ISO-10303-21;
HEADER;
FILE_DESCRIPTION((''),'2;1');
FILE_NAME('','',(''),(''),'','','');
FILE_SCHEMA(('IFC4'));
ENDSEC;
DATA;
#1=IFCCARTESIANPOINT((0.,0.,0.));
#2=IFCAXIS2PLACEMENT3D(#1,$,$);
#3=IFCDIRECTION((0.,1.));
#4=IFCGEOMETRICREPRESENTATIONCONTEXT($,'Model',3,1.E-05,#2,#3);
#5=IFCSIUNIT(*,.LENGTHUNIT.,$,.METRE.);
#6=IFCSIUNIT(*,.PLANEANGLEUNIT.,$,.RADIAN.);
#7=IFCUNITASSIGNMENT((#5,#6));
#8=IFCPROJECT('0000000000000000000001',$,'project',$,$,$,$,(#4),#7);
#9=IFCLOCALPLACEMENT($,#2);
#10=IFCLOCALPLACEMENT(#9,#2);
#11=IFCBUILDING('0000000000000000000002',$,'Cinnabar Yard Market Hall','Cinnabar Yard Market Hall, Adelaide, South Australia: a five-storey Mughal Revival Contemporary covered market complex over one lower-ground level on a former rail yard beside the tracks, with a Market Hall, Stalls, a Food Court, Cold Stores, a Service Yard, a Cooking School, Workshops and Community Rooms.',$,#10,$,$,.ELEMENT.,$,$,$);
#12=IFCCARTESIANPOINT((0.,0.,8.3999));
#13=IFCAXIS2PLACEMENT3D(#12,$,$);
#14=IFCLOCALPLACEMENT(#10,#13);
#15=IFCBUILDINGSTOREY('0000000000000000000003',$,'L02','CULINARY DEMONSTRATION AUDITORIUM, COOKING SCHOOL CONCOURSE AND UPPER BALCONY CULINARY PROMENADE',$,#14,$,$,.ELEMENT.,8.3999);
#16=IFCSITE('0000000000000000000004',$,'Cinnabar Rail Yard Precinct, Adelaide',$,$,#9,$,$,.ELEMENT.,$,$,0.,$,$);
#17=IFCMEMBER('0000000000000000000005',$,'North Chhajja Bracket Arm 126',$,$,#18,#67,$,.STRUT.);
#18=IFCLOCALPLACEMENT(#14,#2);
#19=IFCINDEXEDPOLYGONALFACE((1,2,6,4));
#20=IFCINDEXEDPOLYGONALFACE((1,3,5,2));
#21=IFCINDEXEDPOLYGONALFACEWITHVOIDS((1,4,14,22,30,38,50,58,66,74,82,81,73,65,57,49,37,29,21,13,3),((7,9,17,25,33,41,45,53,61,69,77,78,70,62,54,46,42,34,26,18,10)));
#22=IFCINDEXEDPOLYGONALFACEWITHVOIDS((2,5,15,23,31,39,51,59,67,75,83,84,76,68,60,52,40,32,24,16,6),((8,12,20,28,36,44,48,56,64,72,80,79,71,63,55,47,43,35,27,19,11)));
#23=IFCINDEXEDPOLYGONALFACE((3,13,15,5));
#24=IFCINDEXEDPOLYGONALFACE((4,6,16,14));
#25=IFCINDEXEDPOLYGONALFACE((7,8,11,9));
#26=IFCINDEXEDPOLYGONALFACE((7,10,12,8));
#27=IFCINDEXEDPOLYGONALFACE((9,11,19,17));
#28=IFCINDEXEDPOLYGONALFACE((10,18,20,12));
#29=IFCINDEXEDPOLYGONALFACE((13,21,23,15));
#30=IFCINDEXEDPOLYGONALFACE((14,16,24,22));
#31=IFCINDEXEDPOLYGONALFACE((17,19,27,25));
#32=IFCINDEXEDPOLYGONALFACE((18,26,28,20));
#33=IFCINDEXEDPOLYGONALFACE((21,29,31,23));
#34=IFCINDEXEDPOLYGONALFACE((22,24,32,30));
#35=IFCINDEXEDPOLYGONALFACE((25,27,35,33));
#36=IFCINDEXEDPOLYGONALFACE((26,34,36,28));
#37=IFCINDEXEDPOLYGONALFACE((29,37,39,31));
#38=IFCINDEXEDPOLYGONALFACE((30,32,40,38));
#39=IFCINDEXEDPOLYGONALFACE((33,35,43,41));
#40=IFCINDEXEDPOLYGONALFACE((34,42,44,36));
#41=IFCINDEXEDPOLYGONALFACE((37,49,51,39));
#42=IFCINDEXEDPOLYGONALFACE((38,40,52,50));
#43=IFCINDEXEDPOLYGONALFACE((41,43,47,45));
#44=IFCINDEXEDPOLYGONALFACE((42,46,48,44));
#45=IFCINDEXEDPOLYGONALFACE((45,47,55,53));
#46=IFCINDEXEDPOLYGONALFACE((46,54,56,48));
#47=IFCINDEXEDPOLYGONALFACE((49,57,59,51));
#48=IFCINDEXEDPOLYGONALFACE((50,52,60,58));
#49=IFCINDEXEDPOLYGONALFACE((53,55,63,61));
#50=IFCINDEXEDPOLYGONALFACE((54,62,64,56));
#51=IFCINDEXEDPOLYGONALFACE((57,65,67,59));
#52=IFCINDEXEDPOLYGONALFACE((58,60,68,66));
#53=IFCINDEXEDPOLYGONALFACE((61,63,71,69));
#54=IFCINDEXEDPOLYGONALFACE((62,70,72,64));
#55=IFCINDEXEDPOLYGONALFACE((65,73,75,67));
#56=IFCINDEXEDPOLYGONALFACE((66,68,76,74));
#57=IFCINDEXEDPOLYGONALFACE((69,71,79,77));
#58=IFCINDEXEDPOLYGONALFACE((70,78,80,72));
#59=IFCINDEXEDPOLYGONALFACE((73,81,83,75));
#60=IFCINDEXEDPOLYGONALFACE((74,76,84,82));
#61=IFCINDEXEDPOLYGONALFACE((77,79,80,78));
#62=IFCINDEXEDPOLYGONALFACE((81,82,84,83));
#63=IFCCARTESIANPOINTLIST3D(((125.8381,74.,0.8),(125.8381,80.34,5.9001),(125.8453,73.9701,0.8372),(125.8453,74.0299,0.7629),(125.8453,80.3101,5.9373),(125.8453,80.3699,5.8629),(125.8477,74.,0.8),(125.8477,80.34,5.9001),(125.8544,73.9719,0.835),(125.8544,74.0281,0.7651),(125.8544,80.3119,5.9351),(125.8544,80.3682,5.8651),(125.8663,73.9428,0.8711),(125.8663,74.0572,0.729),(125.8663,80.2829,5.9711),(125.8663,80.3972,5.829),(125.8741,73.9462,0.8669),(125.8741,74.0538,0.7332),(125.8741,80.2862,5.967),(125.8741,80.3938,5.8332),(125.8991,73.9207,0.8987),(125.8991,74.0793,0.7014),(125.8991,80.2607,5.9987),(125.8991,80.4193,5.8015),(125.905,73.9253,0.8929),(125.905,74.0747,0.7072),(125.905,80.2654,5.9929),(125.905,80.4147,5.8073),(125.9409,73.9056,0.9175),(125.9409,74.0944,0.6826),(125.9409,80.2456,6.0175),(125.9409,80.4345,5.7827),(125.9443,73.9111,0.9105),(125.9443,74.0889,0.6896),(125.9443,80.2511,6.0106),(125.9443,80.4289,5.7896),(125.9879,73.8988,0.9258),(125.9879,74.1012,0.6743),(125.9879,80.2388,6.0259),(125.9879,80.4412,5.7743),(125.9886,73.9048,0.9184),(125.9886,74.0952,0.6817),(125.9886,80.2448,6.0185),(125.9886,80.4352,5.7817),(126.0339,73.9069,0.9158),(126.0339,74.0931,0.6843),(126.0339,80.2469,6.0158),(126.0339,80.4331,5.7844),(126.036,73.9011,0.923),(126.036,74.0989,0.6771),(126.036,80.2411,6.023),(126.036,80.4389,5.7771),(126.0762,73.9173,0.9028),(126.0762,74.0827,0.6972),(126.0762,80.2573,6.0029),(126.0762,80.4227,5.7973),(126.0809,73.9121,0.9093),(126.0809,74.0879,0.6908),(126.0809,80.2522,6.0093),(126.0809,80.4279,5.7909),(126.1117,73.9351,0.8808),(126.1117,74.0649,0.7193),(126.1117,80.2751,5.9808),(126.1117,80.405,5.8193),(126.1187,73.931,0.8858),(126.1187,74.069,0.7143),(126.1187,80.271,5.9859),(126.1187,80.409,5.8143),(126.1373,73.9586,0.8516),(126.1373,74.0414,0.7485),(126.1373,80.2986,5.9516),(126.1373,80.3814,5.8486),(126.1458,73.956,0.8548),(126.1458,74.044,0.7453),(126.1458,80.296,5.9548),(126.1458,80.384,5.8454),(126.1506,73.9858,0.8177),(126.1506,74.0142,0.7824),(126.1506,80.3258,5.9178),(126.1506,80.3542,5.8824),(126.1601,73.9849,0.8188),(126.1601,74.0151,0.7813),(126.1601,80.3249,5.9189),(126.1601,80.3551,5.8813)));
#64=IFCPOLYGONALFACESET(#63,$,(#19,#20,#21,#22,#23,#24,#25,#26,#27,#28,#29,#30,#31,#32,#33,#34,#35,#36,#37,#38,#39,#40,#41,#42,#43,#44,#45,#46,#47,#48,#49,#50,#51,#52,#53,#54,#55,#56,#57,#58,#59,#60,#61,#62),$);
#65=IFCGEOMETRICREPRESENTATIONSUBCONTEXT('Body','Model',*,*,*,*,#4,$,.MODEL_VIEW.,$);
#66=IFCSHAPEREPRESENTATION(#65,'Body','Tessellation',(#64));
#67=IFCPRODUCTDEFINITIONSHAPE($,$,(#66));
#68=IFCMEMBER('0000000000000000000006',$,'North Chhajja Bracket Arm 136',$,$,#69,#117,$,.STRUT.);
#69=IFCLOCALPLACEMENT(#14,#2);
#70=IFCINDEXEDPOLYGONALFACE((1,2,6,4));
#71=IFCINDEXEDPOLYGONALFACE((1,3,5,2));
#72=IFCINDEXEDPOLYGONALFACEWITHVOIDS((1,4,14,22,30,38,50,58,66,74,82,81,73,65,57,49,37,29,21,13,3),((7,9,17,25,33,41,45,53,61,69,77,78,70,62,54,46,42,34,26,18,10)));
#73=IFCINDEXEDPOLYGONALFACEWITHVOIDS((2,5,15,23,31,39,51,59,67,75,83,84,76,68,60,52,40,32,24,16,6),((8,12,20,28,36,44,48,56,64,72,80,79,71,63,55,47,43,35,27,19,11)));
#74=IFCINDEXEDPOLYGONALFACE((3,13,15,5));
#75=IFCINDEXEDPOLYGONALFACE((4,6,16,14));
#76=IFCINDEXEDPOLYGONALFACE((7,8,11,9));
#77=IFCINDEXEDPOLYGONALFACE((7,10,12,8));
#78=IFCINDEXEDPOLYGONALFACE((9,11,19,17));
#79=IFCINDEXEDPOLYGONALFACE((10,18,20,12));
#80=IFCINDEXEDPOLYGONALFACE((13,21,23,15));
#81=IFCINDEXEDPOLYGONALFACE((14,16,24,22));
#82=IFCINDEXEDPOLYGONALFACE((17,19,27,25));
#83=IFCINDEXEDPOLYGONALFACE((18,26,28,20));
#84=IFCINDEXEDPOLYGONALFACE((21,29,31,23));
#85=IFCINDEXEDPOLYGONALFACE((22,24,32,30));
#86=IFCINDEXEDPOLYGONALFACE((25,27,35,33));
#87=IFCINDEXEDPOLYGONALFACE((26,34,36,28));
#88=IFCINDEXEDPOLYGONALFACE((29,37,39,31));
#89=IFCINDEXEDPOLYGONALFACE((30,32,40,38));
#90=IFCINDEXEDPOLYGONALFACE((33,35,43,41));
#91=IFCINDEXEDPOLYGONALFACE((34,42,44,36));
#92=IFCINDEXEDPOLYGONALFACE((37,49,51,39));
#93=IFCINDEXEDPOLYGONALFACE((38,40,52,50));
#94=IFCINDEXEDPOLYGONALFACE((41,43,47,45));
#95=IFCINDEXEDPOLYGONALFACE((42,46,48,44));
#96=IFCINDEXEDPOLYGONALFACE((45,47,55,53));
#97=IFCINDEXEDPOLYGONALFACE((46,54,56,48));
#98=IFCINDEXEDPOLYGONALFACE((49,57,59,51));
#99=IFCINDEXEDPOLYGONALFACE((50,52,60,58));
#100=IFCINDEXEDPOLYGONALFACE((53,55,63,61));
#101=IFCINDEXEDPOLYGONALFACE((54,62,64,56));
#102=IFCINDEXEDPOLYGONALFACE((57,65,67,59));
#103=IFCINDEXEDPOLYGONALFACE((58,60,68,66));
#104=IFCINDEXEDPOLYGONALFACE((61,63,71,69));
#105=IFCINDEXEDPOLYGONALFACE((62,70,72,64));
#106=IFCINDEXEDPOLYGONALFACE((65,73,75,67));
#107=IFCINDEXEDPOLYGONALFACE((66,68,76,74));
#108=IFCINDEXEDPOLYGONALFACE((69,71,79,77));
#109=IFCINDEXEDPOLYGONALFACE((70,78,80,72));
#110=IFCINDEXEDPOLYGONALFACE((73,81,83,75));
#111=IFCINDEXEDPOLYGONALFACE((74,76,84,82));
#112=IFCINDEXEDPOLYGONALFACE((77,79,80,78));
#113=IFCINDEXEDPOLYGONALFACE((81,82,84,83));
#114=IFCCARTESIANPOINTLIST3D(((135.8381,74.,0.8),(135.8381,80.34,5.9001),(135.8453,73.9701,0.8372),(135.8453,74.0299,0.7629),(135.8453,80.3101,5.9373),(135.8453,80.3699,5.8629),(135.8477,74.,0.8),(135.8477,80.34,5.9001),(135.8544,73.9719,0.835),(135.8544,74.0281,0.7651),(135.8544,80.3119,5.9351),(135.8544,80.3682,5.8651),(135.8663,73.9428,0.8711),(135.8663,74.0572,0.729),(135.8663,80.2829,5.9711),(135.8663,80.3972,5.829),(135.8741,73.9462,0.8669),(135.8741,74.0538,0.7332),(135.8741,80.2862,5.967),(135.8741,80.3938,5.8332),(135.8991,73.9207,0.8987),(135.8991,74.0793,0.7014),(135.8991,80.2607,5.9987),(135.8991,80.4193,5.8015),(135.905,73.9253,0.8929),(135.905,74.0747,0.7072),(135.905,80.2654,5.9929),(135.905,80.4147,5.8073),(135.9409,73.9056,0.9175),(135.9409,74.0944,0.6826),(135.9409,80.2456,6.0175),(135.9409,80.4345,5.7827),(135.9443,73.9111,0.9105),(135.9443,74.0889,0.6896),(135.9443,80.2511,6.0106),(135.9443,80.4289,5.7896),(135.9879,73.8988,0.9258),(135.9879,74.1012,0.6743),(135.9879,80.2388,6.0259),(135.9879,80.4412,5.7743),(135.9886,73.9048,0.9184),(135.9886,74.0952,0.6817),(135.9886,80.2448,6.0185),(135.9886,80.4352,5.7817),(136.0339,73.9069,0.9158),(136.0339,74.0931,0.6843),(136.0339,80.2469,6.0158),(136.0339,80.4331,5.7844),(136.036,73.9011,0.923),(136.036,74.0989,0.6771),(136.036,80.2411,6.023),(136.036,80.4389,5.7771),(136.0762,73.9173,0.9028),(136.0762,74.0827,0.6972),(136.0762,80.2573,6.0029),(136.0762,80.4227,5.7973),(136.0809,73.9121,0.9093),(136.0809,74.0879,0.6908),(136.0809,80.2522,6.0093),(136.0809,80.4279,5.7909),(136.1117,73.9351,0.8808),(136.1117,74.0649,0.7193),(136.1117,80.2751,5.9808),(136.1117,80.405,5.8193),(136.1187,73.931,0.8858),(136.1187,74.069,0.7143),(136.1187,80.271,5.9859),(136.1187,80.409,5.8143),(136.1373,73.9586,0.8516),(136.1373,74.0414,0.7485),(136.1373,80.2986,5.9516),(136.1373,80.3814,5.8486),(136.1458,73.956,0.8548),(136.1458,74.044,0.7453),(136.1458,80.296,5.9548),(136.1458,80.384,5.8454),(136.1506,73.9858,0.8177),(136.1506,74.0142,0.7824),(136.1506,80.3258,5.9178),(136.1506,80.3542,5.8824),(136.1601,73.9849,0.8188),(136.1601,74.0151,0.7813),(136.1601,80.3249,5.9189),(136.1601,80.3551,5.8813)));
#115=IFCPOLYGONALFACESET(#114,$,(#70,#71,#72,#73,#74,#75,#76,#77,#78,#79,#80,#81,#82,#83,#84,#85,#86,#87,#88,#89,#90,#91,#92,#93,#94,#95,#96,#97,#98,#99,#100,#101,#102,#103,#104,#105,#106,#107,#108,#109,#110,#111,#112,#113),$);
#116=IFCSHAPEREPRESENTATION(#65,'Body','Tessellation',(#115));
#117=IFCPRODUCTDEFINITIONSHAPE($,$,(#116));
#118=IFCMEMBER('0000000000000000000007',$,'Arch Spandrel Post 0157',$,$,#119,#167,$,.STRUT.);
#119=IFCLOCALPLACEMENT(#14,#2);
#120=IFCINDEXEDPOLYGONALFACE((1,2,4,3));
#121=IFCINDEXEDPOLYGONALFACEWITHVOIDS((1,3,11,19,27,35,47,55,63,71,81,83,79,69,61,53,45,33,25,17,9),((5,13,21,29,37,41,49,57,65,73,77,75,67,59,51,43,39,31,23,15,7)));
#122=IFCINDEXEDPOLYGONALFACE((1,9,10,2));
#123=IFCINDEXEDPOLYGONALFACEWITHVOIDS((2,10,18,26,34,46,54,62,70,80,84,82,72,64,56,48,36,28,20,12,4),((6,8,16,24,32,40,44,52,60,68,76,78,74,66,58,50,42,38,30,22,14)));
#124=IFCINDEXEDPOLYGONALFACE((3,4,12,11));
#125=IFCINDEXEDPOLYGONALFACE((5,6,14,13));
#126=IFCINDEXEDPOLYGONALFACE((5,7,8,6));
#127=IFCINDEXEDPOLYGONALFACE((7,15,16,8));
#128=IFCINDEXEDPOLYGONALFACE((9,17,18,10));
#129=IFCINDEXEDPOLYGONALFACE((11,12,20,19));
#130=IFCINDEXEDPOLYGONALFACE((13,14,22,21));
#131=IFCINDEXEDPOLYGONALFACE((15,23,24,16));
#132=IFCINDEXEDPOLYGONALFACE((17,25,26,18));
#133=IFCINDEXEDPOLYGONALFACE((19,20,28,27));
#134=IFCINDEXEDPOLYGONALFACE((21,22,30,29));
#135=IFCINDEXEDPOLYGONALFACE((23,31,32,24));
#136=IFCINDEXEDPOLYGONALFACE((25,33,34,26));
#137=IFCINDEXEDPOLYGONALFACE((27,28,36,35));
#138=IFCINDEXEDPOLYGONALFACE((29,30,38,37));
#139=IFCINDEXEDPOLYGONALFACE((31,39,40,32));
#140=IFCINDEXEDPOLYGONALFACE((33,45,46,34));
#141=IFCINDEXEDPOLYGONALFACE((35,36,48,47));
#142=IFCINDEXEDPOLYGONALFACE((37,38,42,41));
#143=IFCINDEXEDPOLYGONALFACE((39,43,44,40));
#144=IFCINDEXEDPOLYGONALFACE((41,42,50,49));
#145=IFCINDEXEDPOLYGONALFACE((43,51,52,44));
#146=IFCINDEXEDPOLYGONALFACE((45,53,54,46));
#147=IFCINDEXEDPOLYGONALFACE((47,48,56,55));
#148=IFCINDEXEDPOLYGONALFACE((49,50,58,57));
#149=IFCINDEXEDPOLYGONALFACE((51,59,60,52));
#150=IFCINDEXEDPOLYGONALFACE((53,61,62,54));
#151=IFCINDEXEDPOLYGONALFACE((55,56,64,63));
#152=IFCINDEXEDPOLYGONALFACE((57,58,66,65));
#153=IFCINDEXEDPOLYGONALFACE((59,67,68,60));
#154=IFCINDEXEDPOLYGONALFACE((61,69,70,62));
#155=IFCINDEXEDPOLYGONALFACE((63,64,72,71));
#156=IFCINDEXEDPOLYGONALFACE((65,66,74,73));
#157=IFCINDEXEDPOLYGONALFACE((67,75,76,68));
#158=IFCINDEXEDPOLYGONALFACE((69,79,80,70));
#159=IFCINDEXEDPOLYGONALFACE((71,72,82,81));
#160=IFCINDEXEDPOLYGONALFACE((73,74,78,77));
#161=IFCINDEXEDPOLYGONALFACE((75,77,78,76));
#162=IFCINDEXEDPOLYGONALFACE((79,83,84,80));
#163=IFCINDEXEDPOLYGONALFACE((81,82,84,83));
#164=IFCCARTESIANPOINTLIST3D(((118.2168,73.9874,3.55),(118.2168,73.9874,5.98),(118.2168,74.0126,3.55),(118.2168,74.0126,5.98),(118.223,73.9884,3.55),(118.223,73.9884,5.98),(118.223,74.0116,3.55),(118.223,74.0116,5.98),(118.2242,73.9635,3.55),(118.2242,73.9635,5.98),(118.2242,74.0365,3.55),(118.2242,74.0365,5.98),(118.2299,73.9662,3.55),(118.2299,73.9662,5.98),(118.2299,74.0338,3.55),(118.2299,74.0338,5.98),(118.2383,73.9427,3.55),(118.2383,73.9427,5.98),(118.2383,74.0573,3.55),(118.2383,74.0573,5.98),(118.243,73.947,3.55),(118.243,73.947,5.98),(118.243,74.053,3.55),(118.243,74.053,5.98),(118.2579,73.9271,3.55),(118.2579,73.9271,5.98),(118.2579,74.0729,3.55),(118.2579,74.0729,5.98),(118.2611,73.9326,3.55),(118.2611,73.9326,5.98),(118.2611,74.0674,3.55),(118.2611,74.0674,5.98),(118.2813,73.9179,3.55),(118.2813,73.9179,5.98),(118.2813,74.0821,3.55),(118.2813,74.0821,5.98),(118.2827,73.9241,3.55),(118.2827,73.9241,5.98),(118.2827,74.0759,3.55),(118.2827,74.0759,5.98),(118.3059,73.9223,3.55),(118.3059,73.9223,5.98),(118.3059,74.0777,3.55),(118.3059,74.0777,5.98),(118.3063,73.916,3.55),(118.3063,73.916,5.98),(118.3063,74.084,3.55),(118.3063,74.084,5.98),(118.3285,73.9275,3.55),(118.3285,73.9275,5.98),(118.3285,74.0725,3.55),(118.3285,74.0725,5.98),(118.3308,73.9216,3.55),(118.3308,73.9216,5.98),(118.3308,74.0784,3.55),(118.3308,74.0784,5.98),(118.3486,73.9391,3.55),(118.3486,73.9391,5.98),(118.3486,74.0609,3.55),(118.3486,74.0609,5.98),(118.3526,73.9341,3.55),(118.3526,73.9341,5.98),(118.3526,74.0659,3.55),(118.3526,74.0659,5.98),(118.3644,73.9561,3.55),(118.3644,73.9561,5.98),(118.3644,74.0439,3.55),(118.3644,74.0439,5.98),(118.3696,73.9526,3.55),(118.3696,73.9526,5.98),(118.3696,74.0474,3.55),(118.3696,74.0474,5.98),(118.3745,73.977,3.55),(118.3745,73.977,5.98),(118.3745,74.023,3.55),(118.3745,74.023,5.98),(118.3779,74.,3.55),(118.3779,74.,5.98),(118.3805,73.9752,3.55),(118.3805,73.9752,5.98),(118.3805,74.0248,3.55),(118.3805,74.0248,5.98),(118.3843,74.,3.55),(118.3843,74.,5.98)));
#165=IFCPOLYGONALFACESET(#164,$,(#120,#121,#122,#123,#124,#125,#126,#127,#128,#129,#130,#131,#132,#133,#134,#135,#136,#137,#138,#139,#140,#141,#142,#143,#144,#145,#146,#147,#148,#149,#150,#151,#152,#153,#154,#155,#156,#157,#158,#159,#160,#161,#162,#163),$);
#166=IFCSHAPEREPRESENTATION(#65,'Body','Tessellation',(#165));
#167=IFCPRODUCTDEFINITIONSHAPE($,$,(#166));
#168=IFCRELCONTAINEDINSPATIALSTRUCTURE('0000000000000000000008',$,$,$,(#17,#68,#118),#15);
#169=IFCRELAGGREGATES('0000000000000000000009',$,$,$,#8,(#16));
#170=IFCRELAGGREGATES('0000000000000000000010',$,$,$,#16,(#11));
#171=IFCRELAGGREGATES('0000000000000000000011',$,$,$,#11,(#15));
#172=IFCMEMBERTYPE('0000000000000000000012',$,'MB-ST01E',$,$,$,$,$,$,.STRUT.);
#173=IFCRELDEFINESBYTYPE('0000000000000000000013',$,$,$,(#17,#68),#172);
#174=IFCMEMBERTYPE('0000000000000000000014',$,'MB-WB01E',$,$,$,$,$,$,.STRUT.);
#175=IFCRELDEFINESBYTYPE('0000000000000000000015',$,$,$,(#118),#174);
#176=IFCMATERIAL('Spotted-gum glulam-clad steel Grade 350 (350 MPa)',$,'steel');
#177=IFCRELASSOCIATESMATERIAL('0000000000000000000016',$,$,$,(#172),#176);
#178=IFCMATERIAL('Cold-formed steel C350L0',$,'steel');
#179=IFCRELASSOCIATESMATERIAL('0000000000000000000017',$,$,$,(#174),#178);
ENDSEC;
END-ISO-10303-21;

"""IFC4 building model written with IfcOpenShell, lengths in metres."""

from ifc_helpers import new_model, si_unit, direction, frame, origin, origin_2d_with_axis, place, context, subcontext, project, spatial, hollow_circle, extrude, material, material_profile, profile_set, type_object, element, save


model = new_model("IFC4")

# Units and contexts
model_context = context("Model", 3, precision=1e-05, world=origin(), true_north=direction((0.0, 1.0)))
body_context = subcontext(model_context, "Body", "Model", "MODEL_VIEW")
ifc_project = project(units=[si_unit("LENGTHUNIT", "METRE"), si_unit("PLANEANGLEUNIT", "RADIAN")], contexts=[model_context])

# Site, building, storey
site_placement = place(None, origin())
site = spatial("IfcSite", under=ifc_project, at=site_placement, Name="Cinnabar Rail Yard Precinct, Adelaide", CompositionType="ELEMENT", RefElevation=0.0)
building_placement = place(site_placement, origin())
building = spatial("IfcBuilding", under=site, at=building_placement, Name="Cinnabar Yard Market Hall", Description="Cinnabar Yard Market Hall, Adelaide, South Australia: a five-storey Mughal Revival Contemporary covered market complex over one lower-ground level on a former rail yard beside the tracks, with a Market Hall, Stalls, a Food Court, Cold Stores, a Service Yard, a Cooking School, Workshops and Community Rooms.", CompositionType="ELEMENT")
storey_placement = place(building_placement, frame((0.0, 0.0, 8.3999)))
storey = spatial("IfcBuildingStorey", under=building, at=storey_placement, Name="L02", Description="CULINARY DEMONSTRATION AUDITORIUM, COOKING SCHOOL CONCOURSE AND UPPER BALCONY CULINARY PROMENADE", CompositionType="ELEMENT", Elevation=8.3999)

# Shared definitions
ifc_material_1 = material(Name="Spotted-gum glulam-clad steel Grade 350 (350 MPa)", Category="steel")

# Members
ifc_material_profile_1 = material_profile(ifc_material_1, hollow_circle(Radius=0.1619, WallThickness=0.0095, at=origin_2d_with_axis()), Name="323.9x9.5CHS")
ifc_profile_set_1 = profile_set([ifc_material_profile_1], Name="Spotted-gum glulam-clad steel Grade 350 (350 MPa)")
member_type_1 = type_object("IfcMemberType", Name="MB-ST01E", PredefinedType="STRUT", material=ifc_profile_set_1)
for number, where, z_axis, x_axis, name in (
    (1, (126.0, 74.0, 0.8), (0.0, 0.779186, 0.626793), (-1.0, 0.0, 0.0), "North Chhajja Bracket Arm 126"),
    (2, (136.0, 74.0, 0.8), (0.0, 0.779186, 0.626793), (-1.0, 0.0, 0.0), "North Chhajja Bracket Arm 136"),
):
    element("IfcMember", number, at=place(storey_placement, frame(where, z_axis=z_axis, x_axis=x_axis)), inside=storey, type_object=member_type_1, Name=name, PredefinedType="STRUT", context=body_context, shape_type="SweptSolid", body=[
        extrude(hollow_circle(Radius=0.1619, WallThickness=0.0095, at=origin_2d_with_axis()), origin(), (0.0, 0.0, 1.0), 8.1367),
    ])
ifc_material_2 = material(Name="Cold-formed steel C350L0", Category="steel")
ifc_material_profile_2 = material_profile(ifc_material_2, hollow_circle(Radius=0.0842, WallThickness=0.0063, at=origin_2d_with_axis()), Name="168.3x6.4CHS")
ifc_profile_set_2 = profile_set([ifc_material_profile_2], Name="Cold-formed steel C350L0")
member_type_2 = type_object("IfcMemberType", Name="MB-WB01E", PredefinedType="STRUT", material=ifc_profile_set_2)
for number, where, z_axis, x_axis, name in (
    (3, (118.3, 74.0, 3.55), (0.0, 0.0, 1.0), (1.0, 0.0, 0.0), "Arch Spandrel Post 0157"),
):
    element("IfcMember", number, at=place(storey_placement, frame(where, z_axis=z_axis, x_axis=x_axis)), inside=storey, type_object=member_type_2, Name=name, PredefinedType="STRUT", context=body_context, shape_type="SweptSolid", body=[
        extrude(hollow_circle(Radius=0.0842, WallThickness=0.0063, at=origin_2d_with_axis()), origin(), (0.0, 0.0, 1.0), 2.4299),
    ])

save(model, "model.ifc")
